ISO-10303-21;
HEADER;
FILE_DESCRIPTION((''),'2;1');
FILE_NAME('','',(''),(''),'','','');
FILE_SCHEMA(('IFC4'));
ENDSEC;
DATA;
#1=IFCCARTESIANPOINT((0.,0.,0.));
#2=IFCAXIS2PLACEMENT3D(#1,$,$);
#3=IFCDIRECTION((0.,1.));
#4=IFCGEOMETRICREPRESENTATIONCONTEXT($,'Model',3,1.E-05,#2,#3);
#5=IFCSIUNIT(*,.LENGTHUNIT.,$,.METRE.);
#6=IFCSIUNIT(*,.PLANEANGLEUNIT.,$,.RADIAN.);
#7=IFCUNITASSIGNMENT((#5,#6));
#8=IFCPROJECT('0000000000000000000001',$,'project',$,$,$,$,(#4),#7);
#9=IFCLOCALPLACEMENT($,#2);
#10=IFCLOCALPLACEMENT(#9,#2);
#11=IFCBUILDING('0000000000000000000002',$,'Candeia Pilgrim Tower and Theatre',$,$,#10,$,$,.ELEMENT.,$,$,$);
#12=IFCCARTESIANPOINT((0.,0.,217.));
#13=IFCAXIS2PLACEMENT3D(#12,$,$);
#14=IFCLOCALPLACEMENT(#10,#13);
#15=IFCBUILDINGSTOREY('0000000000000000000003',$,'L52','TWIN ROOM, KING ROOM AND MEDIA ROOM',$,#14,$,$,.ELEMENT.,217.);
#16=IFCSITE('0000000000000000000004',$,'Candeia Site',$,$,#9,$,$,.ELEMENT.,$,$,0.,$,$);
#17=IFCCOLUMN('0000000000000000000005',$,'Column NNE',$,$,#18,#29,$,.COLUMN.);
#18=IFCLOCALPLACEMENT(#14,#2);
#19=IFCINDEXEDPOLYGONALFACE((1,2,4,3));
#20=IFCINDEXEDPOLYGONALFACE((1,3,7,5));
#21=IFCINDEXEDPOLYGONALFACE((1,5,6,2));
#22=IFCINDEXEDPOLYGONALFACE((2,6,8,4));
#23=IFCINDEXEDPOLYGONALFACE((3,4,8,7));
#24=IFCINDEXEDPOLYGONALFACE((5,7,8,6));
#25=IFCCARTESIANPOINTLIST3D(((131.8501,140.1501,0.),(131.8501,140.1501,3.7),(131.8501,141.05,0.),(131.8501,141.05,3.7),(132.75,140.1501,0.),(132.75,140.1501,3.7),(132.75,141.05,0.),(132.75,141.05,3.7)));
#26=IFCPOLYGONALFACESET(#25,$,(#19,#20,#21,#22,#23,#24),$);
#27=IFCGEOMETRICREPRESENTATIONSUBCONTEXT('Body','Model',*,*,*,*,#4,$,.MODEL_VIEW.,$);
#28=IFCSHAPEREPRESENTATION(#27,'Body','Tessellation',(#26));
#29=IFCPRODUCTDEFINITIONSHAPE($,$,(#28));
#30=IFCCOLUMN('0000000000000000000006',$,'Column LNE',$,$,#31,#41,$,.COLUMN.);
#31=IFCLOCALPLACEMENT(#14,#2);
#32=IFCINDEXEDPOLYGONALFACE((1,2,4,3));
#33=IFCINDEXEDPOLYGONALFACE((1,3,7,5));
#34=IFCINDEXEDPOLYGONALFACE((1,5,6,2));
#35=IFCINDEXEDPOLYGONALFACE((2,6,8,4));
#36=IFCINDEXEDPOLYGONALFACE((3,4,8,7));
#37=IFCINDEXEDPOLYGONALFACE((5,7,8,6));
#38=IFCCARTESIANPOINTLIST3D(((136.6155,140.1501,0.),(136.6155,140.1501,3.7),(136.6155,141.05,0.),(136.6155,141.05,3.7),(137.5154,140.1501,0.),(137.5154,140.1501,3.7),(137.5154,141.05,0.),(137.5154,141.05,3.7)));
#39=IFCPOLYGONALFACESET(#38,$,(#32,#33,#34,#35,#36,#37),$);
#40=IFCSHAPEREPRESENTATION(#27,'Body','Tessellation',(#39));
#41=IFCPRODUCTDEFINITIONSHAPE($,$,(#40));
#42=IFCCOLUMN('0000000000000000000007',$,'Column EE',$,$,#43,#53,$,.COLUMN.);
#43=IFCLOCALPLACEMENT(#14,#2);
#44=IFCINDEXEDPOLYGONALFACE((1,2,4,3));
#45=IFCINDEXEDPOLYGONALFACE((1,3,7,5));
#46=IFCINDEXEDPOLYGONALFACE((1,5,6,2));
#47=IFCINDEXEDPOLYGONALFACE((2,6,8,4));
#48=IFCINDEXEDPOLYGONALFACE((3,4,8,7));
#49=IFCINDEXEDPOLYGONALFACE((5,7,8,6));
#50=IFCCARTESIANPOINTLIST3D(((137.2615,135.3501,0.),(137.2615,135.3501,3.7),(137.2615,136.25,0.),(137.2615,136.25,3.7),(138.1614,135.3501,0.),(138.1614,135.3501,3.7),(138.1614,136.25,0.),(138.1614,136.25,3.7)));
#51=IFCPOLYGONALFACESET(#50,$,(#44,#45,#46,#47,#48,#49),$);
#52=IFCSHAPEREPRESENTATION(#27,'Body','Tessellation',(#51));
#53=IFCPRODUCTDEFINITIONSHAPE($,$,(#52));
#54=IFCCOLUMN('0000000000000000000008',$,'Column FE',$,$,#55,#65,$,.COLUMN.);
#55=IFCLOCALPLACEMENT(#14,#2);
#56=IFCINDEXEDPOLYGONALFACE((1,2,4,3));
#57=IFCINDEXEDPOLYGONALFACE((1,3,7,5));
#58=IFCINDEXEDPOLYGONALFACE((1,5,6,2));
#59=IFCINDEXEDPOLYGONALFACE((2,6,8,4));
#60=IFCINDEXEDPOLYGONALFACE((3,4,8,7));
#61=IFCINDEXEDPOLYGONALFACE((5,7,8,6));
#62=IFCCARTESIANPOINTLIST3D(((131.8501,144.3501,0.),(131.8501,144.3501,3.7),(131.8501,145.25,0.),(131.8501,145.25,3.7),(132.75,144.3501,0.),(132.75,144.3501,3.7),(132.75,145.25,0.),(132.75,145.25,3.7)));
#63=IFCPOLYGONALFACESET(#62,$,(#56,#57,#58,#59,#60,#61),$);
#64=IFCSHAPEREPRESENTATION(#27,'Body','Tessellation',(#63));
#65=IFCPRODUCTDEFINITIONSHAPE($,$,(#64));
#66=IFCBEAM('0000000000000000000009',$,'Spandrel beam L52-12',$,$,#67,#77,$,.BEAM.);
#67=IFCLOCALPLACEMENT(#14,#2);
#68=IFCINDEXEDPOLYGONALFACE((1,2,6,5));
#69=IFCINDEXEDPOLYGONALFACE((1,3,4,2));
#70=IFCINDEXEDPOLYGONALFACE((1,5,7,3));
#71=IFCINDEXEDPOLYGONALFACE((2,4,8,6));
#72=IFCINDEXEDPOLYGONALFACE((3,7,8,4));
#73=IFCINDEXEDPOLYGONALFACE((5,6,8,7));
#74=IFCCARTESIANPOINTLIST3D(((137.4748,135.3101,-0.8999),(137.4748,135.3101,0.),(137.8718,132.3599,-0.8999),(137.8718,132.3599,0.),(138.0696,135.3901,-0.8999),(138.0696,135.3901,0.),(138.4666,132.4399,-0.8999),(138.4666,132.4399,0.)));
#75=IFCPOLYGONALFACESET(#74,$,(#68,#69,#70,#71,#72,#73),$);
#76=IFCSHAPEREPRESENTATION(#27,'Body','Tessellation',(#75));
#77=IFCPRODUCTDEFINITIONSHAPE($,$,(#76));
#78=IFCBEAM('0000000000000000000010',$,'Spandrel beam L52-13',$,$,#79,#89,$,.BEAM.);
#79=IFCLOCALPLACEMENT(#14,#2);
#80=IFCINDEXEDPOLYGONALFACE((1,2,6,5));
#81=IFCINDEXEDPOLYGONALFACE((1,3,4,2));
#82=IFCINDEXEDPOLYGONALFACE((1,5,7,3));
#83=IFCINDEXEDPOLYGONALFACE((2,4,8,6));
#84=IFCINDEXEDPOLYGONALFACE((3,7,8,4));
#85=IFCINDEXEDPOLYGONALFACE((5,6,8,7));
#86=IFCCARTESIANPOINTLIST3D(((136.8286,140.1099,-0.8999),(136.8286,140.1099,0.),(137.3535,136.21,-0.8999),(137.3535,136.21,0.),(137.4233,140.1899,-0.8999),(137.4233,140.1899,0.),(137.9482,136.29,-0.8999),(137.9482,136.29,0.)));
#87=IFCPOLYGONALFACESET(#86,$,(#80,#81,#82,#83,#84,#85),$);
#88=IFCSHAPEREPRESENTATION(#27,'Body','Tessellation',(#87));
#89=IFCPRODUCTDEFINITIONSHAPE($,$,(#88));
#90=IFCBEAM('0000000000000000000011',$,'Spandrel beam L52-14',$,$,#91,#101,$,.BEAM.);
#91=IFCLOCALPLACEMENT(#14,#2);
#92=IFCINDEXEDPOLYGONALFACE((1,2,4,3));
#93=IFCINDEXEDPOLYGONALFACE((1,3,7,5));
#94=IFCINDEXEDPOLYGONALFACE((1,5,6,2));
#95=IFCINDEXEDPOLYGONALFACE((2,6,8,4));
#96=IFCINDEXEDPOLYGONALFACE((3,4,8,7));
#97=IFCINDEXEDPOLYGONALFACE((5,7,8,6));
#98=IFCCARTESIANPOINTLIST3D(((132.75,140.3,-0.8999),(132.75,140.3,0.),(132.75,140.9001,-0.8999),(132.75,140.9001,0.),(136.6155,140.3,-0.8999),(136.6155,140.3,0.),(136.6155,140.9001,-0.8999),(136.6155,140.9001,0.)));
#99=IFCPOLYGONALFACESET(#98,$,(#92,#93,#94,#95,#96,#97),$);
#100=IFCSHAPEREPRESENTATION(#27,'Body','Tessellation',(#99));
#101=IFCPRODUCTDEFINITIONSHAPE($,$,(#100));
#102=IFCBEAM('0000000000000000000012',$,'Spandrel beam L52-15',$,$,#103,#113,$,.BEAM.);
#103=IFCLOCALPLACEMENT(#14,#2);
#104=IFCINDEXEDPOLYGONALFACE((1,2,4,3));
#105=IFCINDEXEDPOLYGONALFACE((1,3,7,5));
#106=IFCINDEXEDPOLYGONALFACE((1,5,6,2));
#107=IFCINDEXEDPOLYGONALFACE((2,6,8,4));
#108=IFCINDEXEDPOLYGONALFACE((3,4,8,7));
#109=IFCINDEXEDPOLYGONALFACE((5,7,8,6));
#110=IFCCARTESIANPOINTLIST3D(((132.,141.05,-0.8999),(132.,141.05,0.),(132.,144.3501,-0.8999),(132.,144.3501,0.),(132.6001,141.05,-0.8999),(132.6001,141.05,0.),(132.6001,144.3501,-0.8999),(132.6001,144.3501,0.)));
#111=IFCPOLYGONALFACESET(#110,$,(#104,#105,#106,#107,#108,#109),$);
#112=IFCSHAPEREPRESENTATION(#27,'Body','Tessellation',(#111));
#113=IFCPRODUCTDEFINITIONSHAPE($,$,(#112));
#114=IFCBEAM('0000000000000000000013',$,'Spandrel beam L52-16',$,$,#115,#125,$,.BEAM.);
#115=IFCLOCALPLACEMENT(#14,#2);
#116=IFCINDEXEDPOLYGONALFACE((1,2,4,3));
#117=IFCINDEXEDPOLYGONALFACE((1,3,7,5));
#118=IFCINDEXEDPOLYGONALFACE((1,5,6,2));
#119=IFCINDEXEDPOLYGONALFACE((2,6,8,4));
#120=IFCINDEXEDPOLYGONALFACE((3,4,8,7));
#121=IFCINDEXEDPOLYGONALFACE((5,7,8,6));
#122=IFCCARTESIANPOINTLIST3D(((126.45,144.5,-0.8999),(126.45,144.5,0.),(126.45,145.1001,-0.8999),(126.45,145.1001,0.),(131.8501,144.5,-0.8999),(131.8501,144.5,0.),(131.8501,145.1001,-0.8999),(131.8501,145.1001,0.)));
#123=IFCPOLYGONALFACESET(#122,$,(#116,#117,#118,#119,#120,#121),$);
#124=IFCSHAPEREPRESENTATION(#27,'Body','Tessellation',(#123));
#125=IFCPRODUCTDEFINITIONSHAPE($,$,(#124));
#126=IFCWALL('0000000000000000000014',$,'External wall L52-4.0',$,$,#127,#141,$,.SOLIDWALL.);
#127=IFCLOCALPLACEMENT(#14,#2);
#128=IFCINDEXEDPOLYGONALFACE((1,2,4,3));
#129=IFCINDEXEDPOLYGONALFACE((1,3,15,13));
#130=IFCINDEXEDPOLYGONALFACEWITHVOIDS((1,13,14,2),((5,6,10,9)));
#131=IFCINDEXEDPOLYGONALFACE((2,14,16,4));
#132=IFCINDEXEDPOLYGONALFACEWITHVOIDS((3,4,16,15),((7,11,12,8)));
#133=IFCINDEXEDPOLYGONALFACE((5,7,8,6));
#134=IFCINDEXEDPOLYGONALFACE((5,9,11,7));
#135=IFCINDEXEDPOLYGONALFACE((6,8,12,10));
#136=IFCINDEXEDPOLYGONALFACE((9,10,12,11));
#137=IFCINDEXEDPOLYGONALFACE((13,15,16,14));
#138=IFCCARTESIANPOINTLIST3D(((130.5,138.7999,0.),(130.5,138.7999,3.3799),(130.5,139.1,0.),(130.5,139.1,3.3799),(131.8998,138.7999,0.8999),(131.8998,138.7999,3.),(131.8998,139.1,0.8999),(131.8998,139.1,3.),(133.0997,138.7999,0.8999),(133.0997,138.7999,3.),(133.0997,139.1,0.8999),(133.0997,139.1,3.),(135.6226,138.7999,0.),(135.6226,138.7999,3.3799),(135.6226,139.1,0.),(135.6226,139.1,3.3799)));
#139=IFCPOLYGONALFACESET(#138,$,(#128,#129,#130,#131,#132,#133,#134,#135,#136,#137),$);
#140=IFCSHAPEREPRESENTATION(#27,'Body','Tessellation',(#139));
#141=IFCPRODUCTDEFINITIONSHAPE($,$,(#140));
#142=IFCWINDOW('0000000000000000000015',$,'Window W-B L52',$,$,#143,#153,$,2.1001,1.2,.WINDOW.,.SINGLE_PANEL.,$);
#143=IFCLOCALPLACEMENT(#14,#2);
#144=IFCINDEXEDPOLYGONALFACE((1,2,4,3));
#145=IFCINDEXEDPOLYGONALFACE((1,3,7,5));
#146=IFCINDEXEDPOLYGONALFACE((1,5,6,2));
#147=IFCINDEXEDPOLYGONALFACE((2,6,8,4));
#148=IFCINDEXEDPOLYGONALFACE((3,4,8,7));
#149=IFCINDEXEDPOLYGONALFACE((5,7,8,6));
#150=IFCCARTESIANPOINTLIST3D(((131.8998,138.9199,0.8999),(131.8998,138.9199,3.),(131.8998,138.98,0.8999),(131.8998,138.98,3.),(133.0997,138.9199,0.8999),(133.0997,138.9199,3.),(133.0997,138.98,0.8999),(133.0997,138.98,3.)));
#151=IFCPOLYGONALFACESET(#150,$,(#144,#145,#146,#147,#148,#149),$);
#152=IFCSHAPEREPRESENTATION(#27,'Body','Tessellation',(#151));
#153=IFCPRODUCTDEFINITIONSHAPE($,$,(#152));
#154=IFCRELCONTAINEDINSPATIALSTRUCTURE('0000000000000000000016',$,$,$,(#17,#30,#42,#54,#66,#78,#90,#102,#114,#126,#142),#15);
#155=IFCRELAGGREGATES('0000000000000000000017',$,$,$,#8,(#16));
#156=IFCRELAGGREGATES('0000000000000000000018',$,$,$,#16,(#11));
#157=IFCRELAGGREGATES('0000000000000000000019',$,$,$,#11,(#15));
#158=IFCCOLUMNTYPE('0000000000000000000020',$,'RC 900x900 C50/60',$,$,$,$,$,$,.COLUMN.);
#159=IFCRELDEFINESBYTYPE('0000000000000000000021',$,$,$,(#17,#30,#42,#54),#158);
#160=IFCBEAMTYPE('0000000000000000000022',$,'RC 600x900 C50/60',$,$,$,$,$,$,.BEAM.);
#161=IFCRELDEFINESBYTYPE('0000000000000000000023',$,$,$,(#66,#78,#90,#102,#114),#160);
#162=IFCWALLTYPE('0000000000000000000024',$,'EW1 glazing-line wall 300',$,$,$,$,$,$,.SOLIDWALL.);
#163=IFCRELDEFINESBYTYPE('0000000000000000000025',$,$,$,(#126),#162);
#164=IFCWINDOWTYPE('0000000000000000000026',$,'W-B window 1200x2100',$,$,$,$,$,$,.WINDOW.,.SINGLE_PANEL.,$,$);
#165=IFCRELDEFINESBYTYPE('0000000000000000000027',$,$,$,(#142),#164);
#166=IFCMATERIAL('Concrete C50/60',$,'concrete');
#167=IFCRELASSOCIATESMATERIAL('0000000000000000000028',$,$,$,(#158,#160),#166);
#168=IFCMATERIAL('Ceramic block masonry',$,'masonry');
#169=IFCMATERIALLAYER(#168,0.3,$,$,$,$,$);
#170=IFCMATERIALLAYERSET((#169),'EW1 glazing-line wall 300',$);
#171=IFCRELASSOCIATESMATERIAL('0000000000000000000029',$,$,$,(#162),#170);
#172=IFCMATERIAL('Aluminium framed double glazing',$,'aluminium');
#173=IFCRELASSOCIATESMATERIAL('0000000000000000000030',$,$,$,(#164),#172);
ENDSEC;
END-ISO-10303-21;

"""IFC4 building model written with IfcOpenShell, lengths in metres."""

from ifc_helpers import new_model, si_unit, direction, frame, frame_2d, origin, origin_2d, place, context, subcontext, project, spatial, rectangle, extrude, material, layer, layer_set, material_profile, profile_set, type_object, element, fill, save


model = new_model("IFC4")

# Units and contexts
model_context = context("Model", 3, precision=1e-05, world=origin(), true_north=direction((0.0, 1.0)))
body_context = subcontext(model_context, "Body", "Model", "MODEL_VIEW")
ifc_project = project(units=[si_unit("LENGTHUNIT", "METRE"), si_unit("PLANEANGLEUNIT", "RADIAN")], contexts=[model_context])

# Site, building, storey
site_placement = place(None, origin())
site = spatial("IfcSite", under=ifc_project, at=site_placement, Name="Candeia Site", CompositionType="ELEMENT", RefElevation=0.0)
building_placement = place(site_placement, origin())
building = spatial("IfcBuilding", under=site, at=building_placement, Name="Candeia Pilgrim Tower and Theatre", CompositionType="ELEMENT")
storey_placement = place(building_placement, frame((0.0, 0.0, 217.0)))
storey = spatial("IfcBuildingStorey", under=building, at=storey_placement, Name="L52", Description="TWIN ROOM, KING ROOM AND MEDIA ROOM", CompositionType="ELEMENT", Elevation=217.0)

# Columns
ifc_material_1 = material(Name="Concrete C50/60", Category="concrete")
ifc_material_profile_1 = material_profile(ifc_material_1, rectangle(XDim=0.8999, YDim=0.8999, at=origin_2d()))
ifc_profile_set_1 = profile_set([ifc_material_profile_1], Name="Concrete C50/60")
column_type = type_object("IfcColumnType", Name="RC 900x900 C50/60", PredefinedType="COLUMN", material=ifc_profile_set_1)
for number, where, z_axis, x_axis, name in (
    (1, (132.3, 140.6001, 0.0), (0.0, 0.0, 1.0), (1.0, 0.0, 0.0), "Column NNE"),
    (2, (137.0654, 140.6001, 0.0), (0.0, 0.0, 1.0), (1.0, 0.0, 0.0), "Column LNE"),
    (3, (137.7114, 135.8, 0.0), (0.0, 0.0, 1.0), (1.0, 0.0, 0.0), "Column EE"),
    (4, (132.3, 144.8, 0.0), (0.0, 0.0, 1.0), (1.0, 0.0, 0.0), "Column FE"),
):
    element("IfcColumn", number, at=place(storey_placement, frame(where, z_axis=z_axis, x_axis=x_axis)), inside=storey, type_object=column_type, Name=name, PredefinedType="COLUMN", context=body_context, shape_type="SweptSolid", body=[
        extrude(rectangle(XDim=0.8999, YDim=0.8999, at=origin_2d()), origin(), (0.0, 0.0, 1.0), 3.7),
    ])

# Beams
ifc_material_profile_2 = material_profile(ifc_material_1, rectangle(XDim=0.6001, YDim=0.8999, at=origin_2d()))
ifc_profile_set_2 = profile_set([ifc_material_profile_2], Name="Concrete C50/60")
beam_type = type_object("IfcBeamType", Name="RC 600x900 C50/60", PredefinedType="BEAM", material=ifc_profile_set_2)
beam_1_placement = place(storey_placement, frame((138.1692, 132.3999, -0.45), z_axis=(-0.133356, 0.991068, 0.0), x_axis=(-0.991068, -0.133356, 0.0)))
element("IfcBeam", 5, at=beam_1_placement, inside=storey, type_object=beam_type, Name="Spandrel beam L52-12", PredefinedType="BEAM", context=body_context, shape_type="SweptSolid", body=[
    extrude(rectangle(XDim=0.6001, YDim=0.8999, at=origin_2d()), origin(), (0.0, 0.0, 1.0), 2.9768),
])
beam_2_placement = place(storey_placement, frame((137.6509, 136.25, -0.45), z_axis=(-0.133391, 0.991064, 0.0), x_axis=(-0.991064, -0.133391, 0.0)))
element("IfcBeam", 6, at=beam_2_placement, inside=storey, type_object=beam_type, Name="Spandrel beam L52-13", PredefinedType="BEAM", context=body_context, shape_type="SweptSolid", body=[
    extrude(rectangle(XDim=0.6001, YDim=0.8999, at=origin_2d()), origin(), (0.0, 0.0, 1.0), 3.9351),
])
beam_3_placement = place(storey_placement, frame((136.6155, 140.6001, -0.45), z_axis=(-1.0, 0.0, 0.0), x_axis=(0.0, -1.0, 0.0)))
element("IfcBeam", 7, at=beam_3_placement, inside=storey, type_object=beam_type, Name="Spandrel beam L52-14", PredefinedType="BEAM", context=body_context, shape_type="SweptSolid", body=[
    extrude(rectangle(XDim=0.6001, YDim=0.8999, at=origin_2d()), origin(), (0.0, 0.0, 1.0), 3.8655),
])
beam_4_placement = place(storey_placement, frame((132.3, 141.05, -0.45), z_axis=(0.0, 1.0, 0.0), x_axis=(-1.0, 0.0, 0.0)))
element("IfcBeam", 8, at=beam_4_placement, inside=storey, type_object=beam_type, Name="Spandrel beam L52-15", PredefinedType="BEAM", context=body_context, shape_type="SweptSolid", body=[
    extrude(rectangle(XDim=0.6001, YDim=0.8999, at=origin_2d()), origin(), (0.0, 0.0, 1.0), 3.3),
])
beam_5_placement = place(storey_placement, frame((131.8501, 144.8, -0.45), z_axis=(-1.0, 0.0, 0.0), x_axis=(0.0, -1.0, 0.0)))
element("IfcBeam", 9, at=beam_5_placement, inside=storey, type_object=beam_type, Name="Spandrel beam L52-16", PredefinedType="BEAM", context=body_context, shape_type="SweptSolid", body=[
    extrude(rectangle(XDim=0.6001, YDim=0.8999, at=origin_2d()), origin(), (0.0, 0.0, 1.0), 5.4001),
])

# Shared definitions
ifc_material_2 = material(Name="Ceramic block masonry", Category="masonry")
ifc_layer_1 = layer(ifc_material_2, 0.3)
ifc_layer_set_1 = layer_set([ifc_layer_1], Name="EW1 glazing-line wall 300")
wall_type = type_object("IfcWallType", Name="EW1 glazing-line wall 300", PredefinedType="SOLIDWALL", material=ifc_layer_set_1)
ifc_material_3 = material(Name="Aluminium framed double glazing", Category="aluminium")

# Wall, opening, window
wall_1_placement = place(storey_placement, frame((135.6226, 138.95, 0.0), z_axis=(0.0, 0.0, 1.0), x_axis=(-1.0, 0.0, 0.0)))
wall_1 = element("IfcWall", 10, at=wall_1_placement, inside=storey, type_object=wall_type, Name="External wall L52-4.0", PredefinedType="SOLIDWALL", context=body_context, shape_type="SweptSolid", body=[
    extrude(rectangle(XDim=5.1226, YDim=0.3, at=frame_2d((2.5613, 0.0))), origin(), (0.0, 0.0, 1.0), 3.3799),
])
opening_1_placement = place(wall_1_placement, frame((2.5227, 0.0, 0.8999)))
opening_1 = element("IfcOpeningElement", 11, at=opening_1_placement, cuts=wall_1, PredefinedType="OPENING", context=body_context, shape_type="SweptSolid", body=[
    extrude(rectangle(XDim=1.2, YDim=2.1001, at=frame_2d((0.6001, 1.05))), frame((0.0, 0.1602, 0.0), z_axis=(0.0, -1.0, 0.0), x_axis=(1.0, 0.0, 0.0)), (0.0, 0.0, 1.0), 0.3201),
])
window_type_1 = type_object("IfcWindowType", Name="W-B window 1200x2100", PartitioningType="SINGLE_PANEL", PredefinedType="WINDOW", material=ifc_material_3)
window_1_placement = place(opening_1_placement, origin())
window_1 = element("IfcWindow", 12, at=window_1_placement, inside=storey, type_object=window_type_1, Name="Window W-B L52", OverallHeight=2.1001, OverallWidth=1.2, PartitioningType="SINGLE_PANEL", PredefinedType="WINDOW", context=body_context, shape_type="SweptSolid", body=[
    extrude(rectangle(XDim=1.2, YDim=2.1001, at=frame_2d((0.6001, 1.05))), frame((0.0, 0.03, 0.0), z_axis=(0.0, -1.0, 0.0), x_axis=(1.0, 0.0, 0.0)), (0.0, 0.0, 1.0), 0.0601),
])
fill(opening_1, window_1)

save(model, "model.ifc")
